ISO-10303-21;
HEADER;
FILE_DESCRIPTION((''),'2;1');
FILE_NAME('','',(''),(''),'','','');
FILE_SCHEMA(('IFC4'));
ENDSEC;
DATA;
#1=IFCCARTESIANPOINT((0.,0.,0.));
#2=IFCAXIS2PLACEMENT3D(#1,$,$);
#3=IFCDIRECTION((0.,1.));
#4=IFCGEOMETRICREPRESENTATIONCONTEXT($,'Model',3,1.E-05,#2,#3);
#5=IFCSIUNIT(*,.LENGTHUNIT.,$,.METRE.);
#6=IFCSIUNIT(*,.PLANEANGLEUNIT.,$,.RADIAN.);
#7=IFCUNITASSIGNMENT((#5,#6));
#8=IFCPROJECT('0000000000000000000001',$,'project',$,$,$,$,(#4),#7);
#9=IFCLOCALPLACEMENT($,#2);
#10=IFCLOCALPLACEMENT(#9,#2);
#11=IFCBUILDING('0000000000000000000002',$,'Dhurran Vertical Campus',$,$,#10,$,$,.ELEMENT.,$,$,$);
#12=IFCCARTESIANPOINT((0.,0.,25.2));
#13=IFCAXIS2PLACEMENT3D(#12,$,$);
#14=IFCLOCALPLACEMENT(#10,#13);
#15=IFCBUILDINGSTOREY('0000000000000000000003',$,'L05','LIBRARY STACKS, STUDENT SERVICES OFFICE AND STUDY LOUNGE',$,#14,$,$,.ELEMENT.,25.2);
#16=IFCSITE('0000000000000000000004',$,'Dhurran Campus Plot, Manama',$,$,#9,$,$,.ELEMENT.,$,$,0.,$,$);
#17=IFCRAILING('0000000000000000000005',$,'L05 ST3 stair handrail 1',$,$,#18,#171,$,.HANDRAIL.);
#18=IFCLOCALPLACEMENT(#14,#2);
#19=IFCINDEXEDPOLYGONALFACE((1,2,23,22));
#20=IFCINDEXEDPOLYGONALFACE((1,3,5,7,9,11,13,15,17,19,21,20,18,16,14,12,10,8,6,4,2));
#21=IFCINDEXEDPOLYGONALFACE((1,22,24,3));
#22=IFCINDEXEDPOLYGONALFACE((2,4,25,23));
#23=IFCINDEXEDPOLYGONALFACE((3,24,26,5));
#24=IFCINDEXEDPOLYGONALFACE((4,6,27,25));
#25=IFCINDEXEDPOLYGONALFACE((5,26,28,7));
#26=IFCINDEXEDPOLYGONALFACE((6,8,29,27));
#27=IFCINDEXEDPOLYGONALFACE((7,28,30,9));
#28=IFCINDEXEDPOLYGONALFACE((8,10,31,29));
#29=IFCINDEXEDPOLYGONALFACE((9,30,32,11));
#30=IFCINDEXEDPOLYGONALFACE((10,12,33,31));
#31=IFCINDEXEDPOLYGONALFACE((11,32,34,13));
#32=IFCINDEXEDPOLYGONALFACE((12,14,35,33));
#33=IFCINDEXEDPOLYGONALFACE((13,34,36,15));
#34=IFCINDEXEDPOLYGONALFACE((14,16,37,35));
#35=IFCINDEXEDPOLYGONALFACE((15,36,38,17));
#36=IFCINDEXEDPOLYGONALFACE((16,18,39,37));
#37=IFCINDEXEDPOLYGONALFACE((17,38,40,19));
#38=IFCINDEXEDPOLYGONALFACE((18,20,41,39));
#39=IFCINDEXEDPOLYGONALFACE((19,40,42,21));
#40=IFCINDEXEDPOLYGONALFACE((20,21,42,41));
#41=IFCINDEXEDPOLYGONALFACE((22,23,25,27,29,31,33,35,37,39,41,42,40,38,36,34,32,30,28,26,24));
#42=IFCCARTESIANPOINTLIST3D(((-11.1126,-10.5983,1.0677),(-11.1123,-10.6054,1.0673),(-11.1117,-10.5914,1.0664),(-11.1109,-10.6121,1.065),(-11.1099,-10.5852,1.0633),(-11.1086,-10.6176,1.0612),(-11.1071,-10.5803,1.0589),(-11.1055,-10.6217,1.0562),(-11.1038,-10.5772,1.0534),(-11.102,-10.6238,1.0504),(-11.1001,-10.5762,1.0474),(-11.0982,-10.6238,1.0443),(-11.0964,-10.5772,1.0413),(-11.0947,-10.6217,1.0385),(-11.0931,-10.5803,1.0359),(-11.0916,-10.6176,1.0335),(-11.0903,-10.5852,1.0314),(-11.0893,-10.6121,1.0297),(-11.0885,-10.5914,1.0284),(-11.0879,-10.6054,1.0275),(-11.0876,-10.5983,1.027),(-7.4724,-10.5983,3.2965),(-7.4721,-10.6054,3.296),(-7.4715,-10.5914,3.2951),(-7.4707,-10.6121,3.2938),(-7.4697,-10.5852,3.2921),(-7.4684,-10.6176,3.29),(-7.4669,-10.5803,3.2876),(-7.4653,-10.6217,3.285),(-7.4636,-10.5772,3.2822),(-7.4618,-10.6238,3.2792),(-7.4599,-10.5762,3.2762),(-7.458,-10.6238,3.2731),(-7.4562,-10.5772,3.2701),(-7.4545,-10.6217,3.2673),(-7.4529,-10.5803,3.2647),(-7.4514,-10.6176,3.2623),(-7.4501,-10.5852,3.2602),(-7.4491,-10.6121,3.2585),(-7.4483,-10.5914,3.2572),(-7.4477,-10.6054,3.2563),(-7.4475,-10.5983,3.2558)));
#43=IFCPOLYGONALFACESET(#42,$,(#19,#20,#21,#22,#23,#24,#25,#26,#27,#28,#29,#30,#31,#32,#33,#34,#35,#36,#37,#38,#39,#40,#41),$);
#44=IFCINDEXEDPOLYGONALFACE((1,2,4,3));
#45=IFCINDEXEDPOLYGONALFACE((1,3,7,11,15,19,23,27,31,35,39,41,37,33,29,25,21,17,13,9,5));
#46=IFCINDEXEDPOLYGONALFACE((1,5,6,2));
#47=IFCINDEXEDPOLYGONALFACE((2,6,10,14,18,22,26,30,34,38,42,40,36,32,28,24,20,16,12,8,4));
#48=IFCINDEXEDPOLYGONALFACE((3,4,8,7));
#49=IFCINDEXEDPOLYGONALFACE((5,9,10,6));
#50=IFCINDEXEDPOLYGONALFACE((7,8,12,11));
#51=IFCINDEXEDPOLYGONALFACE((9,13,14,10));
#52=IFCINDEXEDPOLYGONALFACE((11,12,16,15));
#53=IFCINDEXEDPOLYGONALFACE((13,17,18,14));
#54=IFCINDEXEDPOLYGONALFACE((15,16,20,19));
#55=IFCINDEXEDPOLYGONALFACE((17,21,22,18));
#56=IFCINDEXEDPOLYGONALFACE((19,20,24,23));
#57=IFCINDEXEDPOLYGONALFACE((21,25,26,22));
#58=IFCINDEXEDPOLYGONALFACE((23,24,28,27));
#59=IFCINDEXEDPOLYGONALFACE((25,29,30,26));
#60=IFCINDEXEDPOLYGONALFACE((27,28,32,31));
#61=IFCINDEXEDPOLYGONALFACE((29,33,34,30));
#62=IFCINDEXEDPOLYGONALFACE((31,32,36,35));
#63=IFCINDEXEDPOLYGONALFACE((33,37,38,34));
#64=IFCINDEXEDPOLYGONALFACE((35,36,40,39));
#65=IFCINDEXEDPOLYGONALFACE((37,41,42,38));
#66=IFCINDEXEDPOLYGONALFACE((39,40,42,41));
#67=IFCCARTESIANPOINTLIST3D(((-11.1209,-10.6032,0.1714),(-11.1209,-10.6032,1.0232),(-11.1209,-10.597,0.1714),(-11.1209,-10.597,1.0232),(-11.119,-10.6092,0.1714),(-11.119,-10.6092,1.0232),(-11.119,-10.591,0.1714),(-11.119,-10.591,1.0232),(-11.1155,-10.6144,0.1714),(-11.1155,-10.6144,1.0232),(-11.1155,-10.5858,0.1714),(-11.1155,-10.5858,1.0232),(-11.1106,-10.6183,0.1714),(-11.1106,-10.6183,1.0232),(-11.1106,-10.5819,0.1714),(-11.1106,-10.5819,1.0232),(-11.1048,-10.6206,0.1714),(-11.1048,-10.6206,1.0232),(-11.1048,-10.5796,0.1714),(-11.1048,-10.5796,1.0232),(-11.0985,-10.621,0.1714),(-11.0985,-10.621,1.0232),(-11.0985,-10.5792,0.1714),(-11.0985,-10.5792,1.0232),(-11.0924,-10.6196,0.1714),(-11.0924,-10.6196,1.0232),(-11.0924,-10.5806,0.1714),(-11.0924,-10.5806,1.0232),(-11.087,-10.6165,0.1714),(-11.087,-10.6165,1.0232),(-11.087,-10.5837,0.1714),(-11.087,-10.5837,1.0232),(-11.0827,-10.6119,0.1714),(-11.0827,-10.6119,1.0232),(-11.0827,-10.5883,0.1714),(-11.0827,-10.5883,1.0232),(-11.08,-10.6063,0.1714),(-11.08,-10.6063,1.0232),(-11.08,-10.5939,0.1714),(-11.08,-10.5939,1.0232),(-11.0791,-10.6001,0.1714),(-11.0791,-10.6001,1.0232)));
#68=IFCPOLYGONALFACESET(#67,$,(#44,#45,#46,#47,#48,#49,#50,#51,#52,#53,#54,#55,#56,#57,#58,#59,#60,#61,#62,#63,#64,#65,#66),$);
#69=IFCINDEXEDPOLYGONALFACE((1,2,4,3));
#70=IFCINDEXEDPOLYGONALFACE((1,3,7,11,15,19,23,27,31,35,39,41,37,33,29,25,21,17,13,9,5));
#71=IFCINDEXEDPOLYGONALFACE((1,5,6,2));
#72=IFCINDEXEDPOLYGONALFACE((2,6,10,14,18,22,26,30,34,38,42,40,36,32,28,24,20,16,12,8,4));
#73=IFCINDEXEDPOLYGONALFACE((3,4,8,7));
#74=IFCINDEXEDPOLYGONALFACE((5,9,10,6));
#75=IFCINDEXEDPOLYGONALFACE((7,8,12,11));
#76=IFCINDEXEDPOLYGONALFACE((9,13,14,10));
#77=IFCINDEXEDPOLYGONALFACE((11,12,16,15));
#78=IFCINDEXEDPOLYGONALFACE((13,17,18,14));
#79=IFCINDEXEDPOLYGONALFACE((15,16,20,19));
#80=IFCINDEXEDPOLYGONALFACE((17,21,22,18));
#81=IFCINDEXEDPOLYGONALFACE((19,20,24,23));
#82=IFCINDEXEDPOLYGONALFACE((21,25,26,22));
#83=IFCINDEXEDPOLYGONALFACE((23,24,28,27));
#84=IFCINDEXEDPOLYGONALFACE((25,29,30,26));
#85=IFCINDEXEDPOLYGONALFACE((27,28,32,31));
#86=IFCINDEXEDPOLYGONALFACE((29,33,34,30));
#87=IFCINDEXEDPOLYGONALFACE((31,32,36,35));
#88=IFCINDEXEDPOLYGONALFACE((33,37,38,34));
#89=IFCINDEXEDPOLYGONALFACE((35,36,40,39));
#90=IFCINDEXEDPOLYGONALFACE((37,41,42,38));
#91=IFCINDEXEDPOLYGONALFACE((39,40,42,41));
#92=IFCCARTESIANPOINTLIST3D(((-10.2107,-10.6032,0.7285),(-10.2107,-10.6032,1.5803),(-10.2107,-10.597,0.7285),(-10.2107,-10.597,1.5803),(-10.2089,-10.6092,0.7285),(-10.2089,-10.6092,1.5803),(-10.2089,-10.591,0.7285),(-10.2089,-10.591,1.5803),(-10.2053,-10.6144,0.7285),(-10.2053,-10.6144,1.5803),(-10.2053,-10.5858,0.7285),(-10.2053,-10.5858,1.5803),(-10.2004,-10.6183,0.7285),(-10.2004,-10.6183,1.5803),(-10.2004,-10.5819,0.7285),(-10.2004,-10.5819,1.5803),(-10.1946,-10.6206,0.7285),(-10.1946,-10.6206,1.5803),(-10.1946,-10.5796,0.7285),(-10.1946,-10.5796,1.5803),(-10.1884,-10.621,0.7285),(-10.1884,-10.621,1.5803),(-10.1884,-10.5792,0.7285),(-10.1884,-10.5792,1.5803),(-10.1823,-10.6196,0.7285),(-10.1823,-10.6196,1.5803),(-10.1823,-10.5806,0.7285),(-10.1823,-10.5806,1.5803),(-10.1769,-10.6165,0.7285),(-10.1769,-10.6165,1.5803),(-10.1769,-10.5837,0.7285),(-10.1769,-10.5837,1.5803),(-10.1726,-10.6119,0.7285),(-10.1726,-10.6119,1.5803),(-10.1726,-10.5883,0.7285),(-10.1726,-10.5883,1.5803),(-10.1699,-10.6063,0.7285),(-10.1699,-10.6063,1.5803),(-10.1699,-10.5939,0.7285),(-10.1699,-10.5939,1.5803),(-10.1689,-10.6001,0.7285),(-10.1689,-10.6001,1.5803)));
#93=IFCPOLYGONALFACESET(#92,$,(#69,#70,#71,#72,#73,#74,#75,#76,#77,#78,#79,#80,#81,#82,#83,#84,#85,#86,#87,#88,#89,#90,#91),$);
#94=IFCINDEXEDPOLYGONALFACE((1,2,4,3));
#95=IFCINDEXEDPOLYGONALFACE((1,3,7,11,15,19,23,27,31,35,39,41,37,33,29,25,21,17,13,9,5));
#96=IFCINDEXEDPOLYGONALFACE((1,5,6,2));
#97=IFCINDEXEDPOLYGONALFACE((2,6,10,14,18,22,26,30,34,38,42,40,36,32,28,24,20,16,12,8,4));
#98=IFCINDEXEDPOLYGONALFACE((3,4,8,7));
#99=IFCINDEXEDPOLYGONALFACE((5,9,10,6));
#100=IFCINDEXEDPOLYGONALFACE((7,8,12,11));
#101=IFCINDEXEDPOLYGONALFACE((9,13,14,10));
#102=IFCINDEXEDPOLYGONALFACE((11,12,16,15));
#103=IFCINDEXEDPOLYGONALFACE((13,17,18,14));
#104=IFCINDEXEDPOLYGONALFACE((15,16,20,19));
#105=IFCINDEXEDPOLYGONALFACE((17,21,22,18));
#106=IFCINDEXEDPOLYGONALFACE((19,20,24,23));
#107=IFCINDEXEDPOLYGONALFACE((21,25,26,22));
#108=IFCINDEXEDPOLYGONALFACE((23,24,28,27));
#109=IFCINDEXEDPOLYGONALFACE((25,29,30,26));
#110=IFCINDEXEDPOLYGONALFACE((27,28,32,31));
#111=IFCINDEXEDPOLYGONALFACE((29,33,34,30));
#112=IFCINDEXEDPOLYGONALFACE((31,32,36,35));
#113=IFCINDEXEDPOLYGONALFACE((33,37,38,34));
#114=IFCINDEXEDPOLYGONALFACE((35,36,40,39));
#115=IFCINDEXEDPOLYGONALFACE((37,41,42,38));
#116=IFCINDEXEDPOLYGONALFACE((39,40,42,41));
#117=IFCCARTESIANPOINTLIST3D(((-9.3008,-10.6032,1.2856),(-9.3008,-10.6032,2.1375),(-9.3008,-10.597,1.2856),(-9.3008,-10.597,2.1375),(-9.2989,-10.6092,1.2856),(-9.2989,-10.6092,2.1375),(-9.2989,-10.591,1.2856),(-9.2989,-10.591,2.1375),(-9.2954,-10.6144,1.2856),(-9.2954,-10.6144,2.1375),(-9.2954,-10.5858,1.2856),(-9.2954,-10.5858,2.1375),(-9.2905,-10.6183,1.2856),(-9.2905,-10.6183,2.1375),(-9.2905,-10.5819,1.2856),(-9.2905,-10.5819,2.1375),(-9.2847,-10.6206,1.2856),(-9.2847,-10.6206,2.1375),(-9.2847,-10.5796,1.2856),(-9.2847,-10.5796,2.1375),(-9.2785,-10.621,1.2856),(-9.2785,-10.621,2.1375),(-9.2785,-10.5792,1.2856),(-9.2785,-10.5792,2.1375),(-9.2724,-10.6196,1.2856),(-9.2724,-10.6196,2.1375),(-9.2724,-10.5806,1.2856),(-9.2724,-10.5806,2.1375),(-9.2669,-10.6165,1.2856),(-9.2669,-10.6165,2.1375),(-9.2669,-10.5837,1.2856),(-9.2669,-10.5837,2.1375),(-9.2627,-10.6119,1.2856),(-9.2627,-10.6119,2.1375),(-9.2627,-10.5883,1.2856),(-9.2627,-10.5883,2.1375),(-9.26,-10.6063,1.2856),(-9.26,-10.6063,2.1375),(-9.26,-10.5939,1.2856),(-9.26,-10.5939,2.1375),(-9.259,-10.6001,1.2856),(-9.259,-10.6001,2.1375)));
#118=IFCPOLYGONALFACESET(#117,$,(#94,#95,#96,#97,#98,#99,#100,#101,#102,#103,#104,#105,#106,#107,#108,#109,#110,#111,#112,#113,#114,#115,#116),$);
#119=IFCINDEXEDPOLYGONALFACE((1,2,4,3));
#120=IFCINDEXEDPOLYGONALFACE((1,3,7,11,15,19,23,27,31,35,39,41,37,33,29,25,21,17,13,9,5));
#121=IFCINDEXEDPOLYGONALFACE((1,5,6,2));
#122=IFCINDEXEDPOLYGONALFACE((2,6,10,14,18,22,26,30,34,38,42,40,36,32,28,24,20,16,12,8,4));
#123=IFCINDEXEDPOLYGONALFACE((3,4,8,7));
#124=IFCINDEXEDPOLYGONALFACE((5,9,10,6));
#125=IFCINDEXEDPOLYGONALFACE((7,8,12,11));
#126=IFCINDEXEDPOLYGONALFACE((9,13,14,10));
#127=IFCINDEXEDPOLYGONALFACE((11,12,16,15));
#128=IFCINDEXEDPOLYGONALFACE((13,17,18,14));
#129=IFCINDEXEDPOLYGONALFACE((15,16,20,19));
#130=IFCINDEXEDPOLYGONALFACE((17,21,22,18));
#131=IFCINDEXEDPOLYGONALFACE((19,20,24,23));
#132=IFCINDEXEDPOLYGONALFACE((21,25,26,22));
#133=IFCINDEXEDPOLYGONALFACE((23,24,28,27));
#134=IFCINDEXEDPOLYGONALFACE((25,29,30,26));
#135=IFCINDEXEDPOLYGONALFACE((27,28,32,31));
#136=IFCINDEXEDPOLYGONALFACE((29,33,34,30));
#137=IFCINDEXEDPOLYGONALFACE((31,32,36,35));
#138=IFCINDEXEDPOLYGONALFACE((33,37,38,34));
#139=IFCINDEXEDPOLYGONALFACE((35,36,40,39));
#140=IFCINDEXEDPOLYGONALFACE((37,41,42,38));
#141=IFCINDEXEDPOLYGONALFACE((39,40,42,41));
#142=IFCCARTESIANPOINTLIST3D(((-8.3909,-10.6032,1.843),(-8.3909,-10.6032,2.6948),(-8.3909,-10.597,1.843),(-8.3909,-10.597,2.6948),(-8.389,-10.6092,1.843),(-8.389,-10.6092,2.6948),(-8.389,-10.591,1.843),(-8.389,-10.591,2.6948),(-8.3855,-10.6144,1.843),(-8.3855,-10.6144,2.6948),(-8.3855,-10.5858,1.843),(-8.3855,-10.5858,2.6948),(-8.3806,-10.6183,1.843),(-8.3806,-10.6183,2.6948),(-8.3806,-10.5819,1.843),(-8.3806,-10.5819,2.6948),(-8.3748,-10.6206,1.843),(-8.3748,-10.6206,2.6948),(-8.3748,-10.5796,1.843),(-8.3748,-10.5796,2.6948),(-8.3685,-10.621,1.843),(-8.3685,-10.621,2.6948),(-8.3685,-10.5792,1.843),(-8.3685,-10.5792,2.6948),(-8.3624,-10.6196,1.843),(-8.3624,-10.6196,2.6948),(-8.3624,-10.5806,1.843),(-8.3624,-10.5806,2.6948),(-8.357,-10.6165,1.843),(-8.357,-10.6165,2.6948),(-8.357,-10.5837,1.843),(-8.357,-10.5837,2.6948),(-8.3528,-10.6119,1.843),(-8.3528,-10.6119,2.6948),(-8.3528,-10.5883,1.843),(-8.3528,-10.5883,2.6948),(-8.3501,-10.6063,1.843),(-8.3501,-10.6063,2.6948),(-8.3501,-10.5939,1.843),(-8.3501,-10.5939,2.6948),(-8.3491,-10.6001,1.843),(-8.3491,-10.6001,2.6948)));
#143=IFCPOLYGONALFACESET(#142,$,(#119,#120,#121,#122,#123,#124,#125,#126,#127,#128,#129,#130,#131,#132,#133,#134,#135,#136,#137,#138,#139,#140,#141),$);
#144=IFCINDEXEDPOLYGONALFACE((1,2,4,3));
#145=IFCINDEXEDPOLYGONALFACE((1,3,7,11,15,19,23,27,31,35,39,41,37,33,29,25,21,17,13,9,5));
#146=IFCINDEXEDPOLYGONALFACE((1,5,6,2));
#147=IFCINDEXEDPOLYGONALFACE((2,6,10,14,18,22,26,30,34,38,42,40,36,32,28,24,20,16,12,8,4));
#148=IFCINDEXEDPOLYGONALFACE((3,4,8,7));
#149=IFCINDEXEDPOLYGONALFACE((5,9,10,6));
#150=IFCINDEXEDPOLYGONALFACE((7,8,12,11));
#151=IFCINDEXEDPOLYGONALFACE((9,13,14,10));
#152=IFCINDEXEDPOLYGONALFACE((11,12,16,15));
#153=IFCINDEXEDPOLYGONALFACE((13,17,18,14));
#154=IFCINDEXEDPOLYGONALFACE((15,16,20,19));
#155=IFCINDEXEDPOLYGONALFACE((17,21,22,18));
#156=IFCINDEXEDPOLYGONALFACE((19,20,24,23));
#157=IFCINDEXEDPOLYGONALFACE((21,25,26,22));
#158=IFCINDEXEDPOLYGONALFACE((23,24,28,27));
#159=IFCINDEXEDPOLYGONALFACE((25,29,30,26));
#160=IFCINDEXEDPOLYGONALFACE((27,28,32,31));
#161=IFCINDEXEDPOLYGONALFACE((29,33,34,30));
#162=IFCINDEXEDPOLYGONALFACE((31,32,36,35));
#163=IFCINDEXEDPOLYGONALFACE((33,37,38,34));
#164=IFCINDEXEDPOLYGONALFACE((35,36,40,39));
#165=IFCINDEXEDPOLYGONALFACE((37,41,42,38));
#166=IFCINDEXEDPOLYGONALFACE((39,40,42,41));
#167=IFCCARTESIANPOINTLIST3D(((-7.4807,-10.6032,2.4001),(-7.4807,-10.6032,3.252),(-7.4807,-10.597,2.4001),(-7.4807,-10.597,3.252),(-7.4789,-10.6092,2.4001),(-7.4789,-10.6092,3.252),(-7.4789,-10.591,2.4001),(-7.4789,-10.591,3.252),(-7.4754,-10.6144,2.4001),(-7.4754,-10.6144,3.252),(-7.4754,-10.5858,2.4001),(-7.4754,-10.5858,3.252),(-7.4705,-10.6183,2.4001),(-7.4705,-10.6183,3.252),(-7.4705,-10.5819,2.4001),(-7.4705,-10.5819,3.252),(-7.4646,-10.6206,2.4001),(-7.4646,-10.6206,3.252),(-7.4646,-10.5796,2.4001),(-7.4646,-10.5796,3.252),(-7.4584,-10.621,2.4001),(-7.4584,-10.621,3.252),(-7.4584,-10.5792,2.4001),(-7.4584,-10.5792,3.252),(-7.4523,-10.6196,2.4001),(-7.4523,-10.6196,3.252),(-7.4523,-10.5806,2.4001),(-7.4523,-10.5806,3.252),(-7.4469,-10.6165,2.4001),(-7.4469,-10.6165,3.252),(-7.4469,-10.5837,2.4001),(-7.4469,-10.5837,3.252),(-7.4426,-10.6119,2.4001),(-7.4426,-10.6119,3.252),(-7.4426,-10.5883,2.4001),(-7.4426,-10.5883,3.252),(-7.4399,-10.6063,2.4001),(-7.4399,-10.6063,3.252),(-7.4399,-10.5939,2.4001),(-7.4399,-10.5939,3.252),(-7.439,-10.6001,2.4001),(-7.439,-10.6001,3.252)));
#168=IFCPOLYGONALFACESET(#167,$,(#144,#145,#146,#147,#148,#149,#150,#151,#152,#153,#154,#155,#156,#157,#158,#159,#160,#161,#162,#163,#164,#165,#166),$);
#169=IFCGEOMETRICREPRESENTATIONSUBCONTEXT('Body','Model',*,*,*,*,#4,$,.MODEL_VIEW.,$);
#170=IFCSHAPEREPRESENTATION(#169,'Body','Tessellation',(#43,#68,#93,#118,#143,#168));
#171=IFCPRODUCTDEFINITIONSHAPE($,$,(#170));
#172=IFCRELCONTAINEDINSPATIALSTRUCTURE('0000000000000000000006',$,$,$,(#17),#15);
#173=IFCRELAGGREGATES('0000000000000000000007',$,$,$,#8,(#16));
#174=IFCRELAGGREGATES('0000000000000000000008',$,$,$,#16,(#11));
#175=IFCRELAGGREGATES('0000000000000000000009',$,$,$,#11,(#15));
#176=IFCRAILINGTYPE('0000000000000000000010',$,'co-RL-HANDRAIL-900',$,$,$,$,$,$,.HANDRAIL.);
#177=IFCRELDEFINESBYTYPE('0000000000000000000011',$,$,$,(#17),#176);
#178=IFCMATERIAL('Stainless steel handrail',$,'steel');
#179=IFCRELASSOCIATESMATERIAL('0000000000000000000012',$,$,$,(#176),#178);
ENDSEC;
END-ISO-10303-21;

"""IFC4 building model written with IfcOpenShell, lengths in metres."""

from ifc_helpers import new_model, si_unit, direction, frame, origin, origin_2d, place, context, subcontext, project, spatial, circle, extrude, material, type_object, element, save


model = new_model("IFC4")

# Units and contexts
model_context = context("Model", 3, precision=1e-05, world=origin(), true_north=direction((0.0, 1.0)))
body_context = subcontext(model_context, "Body", "Model", "MODEL_VIEW")
ifc_project = project(units=[si_unit("LENGTHUNIT", "METRE"), si_unit("PLANEANGLEUNIT", "RADIAN")], contexts=[model_context])

# Site, building, storey
site_placement = place(None, origin())
site = spatial("IfcSite", under=ifc_project, at=site_placement, Name="Dhurran Campus Plot, Manama", CompositionType="ELEMENT", RefElevation=0.0)
building_placement = place(site_placement, origin())
building = spatial("IfcBuilding", under=site, at=building_placement, Name="Dhurran Vertical Campus", CompositionType="ELEMENT")
storey_placement = place(building_placement, frame((0.0, 0.0, 25.2)))
storey = spatial("IfcBuildingStorey", under=building, at=storey_placement, Name="L05", Description="LIBRARY STACKS, STUDENT SERVICES OFFICE AND STUDY LOUNGE", CompositionType="ELEMENT", Elevation=25.2)

# Railing
ifc_material_1 = material(Name="Stainless steel handrail", Category="steel")
railing_type_1 = type_object("IfcRailingType", Name="co-RL-HANDRAIL-900", PredefinedType="HANDRAIL", material=ifc_material_1)
railing_1_placement = place(storey_placement, frame((-11.1001, -10.6001, 0.1714)))
element("IfcRailing", 1, at=railing_1_placement, inside=storey, type_object=railing_type_1, Name="L05 ST3 stair handrail 1", PredefinedType="HANDRAIL", context=body_context, shape_type="SweptSolid", body=[
    extrude(circle(Radius=0.0239, at=origin_2d()), frame((0.0, 0.0, 0.876), z_axis=(0.85284, 0.0, 0.522172), x_axis=(0.0, 1.0, 0.0)), (0.0, 0.0, 1.0), 4.2683),
    extrude(circle(Radius=0.021, at=origin_2d()), origin(), (0.0, 0.0, 1.0), 0.8518),
    extrude(circle(Radius=0.021, at=origin_2d()), frame((0.9102, 0.0, 0.5571)), (0.0, 0.0, 1.0), 0.8518),
    extrude(circle(Radius=0.021, at=origin_2d()), frame((1.8201, 0.0, 1.1143)), (0.0, 0.0, 1.0), 0.8518),
    extrude(circle(Radius=0.021, at=origin_2d()), frame((2.73, 0.0, 1.6716)), (0.0, 0.0, 1.0), 0.8518),
    extrude(circle(Radius=0.021, at=origin_2d()), frame((3.6401, 0.0, 2.2288)), (0.0, 0.0, 1.0), 0.8518),
])

save(model, "model.ifc")
